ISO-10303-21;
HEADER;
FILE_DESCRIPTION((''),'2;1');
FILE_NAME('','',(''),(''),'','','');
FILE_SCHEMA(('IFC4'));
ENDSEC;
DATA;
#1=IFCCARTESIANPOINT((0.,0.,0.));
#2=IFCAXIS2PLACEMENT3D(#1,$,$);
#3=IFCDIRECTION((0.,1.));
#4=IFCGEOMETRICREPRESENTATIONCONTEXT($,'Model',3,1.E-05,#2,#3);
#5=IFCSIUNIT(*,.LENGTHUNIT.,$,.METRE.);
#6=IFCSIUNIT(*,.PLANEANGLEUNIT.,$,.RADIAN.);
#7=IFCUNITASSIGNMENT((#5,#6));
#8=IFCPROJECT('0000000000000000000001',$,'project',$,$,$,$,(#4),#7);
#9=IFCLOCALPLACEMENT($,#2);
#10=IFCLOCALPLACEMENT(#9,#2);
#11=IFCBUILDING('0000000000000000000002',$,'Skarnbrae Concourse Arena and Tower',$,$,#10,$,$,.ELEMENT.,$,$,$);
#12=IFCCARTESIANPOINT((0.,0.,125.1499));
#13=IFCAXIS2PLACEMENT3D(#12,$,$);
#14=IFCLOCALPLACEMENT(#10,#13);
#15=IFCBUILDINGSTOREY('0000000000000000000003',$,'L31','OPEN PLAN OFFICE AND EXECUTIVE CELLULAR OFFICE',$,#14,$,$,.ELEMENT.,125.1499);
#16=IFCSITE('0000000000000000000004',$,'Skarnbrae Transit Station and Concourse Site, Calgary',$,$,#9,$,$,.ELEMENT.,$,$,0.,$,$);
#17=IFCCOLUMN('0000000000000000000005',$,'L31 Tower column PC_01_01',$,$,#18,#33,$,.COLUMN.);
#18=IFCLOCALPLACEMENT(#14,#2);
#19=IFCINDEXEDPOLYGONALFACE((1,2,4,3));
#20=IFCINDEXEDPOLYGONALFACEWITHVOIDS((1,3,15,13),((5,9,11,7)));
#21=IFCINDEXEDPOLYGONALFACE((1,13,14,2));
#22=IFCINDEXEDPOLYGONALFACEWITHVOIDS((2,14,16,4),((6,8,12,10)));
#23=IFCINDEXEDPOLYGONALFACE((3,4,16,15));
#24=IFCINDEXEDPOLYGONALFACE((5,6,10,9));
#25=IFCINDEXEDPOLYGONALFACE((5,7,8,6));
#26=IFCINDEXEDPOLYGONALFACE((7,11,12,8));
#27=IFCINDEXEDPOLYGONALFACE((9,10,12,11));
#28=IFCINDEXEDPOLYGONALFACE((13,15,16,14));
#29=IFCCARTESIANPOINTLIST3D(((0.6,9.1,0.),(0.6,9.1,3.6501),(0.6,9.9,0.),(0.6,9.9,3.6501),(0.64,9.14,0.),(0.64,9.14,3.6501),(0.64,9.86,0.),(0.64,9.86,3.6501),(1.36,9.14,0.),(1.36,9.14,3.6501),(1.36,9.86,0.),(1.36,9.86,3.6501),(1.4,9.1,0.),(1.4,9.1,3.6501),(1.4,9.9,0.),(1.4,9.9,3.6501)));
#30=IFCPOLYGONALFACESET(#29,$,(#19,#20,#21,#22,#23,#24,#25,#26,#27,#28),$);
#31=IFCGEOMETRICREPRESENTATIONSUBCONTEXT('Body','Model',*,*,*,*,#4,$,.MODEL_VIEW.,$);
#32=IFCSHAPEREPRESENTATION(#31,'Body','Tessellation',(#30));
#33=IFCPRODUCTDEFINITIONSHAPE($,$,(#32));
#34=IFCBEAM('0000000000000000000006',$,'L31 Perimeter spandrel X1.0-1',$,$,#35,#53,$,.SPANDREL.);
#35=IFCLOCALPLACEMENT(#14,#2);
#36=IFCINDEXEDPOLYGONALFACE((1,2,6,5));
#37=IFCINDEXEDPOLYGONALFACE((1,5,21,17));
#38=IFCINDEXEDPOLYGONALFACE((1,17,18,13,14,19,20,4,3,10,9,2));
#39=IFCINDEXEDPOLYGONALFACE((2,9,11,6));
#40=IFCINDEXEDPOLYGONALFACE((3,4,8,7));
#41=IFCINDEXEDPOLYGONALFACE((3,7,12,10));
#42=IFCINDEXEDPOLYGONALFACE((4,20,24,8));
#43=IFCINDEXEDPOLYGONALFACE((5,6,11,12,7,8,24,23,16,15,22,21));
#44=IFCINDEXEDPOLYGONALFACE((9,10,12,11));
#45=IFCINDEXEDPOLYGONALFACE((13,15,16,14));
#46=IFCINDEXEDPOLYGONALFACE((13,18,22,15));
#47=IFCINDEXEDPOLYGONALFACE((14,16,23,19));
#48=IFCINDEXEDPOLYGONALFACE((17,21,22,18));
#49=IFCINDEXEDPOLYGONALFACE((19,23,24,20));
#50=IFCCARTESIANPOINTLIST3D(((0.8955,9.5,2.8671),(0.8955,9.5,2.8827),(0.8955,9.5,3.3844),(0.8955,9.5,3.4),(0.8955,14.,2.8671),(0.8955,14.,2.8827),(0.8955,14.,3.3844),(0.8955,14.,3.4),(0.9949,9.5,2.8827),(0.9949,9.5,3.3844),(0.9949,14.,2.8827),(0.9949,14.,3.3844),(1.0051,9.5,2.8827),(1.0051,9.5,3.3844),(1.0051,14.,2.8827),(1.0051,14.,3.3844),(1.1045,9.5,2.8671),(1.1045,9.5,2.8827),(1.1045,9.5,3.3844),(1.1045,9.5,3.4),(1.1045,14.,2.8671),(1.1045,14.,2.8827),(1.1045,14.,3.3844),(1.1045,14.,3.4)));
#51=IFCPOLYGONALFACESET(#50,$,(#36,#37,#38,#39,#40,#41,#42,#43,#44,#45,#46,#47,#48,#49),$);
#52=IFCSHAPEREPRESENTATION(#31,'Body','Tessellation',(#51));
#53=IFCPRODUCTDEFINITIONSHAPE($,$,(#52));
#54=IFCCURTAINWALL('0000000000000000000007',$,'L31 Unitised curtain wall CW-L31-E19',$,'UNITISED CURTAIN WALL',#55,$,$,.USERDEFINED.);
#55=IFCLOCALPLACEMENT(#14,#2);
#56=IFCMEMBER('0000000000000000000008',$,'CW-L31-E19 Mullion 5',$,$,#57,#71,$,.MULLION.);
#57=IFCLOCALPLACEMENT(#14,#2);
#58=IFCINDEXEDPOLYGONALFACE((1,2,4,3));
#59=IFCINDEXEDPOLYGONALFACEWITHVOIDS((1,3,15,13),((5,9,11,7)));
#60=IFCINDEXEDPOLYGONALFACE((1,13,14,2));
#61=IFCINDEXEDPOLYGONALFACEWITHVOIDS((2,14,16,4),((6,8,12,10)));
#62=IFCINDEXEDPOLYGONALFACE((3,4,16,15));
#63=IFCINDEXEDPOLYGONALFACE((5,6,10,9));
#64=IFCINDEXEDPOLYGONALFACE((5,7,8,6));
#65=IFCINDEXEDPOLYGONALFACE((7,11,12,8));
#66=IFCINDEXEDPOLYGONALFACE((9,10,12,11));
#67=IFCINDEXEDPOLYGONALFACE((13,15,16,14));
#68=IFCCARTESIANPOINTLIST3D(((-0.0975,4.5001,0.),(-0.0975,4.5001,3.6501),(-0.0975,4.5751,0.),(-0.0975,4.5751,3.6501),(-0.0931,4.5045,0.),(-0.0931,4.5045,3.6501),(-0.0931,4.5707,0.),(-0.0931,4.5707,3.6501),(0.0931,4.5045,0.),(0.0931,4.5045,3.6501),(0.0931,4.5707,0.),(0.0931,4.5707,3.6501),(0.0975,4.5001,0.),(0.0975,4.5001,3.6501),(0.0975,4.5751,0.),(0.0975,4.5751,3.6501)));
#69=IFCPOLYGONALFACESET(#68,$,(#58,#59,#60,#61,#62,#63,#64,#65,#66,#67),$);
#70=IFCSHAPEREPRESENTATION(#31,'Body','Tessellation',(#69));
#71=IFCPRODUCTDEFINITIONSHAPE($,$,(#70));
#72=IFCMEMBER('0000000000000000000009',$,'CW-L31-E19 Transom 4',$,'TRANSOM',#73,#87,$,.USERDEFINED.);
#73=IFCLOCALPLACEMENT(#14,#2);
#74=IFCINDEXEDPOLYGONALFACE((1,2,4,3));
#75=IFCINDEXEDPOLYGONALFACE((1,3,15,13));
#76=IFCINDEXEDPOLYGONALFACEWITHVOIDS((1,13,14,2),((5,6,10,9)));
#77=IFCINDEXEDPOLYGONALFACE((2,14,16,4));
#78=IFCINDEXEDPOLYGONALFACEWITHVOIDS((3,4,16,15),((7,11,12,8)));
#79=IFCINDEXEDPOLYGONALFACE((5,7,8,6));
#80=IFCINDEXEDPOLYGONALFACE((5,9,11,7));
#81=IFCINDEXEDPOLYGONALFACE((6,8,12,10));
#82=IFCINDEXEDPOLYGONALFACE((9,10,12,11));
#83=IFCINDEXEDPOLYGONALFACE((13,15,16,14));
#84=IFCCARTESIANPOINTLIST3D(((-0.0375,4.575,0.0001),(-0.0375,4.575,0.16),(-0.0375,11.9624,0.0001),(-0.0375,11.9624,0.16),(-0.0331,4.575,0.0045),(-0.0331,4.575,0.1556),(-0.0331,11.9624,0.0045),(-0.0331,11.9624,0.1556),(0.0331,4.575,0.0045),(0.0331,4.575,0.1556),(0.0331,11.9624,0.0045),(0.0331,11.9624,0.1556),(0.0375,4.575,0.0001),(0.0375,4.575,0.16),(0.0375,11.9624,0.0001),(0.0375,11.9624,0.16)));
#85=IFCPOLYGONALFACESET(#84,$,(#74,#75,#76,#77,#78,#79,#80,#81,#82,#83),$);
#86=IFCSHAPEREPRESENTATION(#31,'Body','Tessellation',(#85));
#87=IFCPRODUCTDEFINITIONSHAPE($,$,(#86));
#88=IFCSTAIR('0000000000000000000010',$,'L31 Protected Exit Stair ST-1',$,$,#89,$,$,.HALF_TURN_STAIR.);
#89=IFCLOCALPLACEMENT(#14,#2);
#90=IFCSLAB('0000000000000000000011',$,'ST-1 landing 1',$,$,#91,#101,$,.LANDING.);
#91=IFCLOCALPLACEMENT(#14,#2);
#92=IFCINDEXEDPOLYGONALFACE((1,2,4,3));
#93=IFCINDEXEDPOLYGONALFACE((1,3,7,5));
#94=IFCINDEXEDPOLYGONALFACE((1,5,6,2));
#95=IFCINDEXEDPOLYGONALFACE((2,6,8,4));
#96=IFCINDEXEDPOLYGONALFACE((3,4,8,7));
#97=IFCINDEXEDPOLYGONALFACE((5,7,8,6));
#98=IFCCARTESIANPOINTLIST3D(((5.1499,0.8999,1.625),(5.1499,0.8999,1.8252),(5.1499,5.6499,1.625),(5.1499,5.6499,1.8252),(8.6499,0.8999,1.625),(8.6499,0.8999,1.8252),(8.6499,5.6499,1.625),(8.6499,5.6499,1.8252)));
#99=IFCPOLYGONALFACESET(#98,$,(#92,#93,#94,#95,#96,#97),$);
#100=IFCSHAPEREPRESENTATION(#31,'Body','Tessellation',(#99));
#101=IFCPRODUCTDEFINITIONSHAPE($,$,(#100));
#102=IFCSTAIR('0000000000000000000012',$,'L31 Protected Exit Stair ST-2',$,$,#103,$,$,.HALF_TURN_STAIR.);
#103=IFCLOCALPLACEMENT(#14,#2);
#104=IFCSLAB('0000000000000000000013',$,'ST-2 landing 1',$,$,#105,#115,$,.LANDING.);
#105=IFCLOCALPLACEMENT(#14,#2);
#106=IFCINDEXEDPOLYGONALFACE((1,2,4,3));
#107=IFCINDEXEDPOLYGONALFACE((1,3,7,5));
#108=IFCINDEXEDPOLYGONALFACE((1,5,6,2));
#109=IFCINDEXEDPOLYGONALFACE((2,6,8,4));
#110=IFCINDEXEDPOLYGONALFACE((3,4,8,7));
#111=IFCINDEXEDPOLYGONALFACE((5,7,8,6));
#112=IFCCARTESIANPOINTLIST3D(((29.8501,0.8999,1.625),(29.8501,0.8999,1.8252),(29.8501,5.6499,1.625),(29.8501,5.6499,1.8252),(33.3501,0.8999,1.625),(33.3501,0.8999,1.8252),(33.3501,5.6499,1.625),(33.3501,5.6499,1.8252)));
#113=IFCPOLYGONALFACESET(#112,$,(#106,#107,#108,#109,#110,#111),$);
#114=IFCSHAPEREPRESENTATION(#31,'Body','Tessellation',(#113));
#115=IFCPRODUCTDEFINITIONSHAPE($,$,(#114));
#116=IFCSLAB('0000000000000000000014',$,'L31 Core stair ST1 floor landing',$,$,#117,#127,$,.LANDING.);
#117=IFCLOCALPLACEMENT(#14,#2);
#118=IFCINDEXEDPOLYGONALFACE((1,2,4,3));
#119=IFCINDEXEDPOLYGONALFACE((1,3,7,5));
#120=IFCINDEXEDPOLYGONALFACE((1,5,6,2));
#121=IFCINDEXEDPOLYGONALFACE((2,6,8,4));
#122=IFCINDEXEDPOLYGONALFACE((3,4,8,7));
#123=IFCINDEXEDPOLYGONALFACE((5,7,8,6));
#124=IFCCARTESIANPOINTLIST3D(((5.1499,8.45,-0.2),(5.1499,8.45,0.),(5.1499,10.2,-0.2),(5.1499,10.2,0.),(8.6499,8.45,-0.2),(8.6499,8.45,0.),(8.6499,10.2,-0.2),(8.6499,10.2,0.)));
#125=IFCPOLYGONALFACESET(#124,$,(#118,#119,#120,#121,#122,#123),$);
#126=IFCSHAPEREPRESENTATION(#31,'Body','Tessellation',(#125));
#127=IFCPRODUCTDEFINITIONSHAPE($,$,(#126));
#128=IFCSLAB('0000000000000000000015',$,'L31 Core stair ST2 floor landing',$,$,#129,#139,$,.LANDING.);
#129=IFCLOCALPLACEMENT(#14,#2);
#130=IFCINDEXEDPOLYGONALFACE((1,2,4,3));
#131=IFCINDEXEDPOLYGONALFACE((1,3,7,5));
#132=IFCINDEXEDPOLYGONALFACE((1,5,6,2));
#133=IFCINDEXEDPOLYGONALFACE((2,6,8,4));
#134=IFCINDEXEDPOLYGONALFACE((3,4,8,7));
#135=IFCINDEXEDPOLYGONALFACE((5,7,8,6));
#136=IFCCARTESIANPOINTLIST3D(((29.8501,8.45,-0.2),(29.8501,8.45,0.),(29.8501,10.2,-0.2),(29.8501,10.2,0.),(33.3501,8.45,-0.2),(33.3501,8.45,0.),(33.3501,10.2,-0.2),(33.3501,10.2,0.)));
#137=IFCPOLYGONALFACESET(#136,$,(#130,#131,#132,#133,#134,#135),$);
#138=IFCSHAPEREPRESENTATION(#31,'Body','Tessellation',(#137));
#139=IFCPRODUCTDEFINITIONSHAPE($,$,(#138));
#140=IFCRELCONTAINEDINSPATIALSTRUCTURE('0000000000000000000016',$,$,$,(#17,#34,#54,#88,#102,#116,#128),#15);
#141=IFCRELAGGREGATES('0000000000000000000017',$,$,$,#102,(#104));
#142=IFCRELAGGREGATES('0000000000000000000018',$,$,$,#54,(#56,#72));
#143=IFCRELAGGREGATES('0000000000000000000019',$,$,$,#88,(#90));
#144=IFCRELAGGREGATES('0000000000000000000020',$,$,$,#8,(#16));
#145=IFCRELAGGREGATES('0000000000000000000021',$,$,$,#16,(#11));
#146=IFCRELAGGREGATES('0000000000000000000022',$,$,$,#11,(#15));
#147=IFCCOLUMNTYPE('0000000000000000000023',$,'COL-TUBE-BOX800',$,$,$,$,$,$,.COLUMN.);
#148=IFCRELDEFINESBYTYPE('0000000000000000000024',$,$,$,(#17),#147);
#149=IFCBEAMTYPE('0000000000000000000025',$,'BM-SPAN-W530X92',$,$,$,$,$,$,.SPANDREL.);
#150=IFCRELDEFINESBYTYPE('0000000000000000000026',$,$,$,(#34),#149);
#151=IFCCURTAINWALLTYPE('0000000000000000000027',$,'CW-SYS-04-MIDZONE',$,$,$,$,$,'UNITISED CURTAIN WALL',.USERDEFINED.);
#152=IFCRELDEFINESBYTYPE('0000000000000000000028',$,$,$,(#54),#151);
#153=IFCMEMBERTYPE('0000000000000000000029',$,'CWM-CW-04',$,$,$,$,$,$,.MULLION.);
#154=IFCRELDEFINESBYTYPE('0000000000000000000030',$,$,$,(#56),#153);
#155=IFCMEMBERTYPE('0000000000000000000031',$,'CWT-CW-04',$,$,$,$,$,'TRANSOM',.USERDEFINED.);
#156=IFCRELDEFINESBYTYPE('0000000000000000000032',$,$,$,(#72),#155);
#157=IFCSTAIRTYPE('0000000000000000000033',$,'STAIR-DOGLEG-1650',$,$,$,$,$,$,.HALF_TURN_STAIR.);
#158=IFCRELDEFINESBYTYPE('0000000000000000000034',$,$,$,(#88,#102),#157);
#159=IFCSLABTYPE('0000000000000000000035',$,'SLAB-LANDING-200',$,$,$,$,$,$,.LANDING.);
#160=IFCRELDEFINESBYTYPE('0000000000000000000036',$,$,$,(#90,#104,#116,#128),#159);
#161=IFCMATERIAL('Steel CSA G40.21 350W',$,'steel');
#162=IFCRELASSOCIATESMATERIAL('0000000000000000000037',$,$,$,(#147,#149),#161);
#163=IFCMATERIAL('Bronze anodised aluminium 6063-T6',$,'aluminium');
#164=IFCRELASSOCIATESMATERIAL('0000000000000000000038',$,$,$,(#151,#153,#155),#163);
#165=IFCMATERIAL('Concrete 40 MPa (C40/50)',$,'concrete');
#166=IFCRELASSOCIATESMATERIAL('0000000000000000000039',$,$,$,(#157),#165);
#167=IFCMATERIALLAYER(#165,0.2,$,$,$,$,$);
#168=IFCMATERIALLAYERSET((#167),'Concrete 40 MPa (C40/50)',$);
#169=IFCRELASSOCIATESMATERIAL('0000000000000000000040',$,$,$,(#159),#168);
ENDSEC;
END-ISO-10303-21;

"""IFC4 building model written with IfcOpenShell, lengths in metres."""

from ifc_helpers import new_model, si_unit, direction, frame, origin, origin_2d, place, context, subcontext, project, spatial, polyline, hollow_rectangle, i_section, outline, extrude, source, transform, mapped, material, layer, layer_set, material_profile, profile_set, type_object, element, aggregate, save


model = new_model("IFC4")

# Units and contexts
model_context = context("Model", 3, precision=1e-05, world=origin(), true_north=direction((0.0, 1.0)))
body_context = subcontext(model_context, "Body", "Model", "MODEL_VIEW")
ifc_project = project(units=[si_unit("LENGTHUNIT", "METRE"), si_unit("PLANEANGLEUNIT", "RADIAN")], contexts=[model_context])

# Site, building, storey
site_placement = place(None, origin())
site = spatial("IfcSite", under=ifc_project, at=site_placement, Name="Skarnbrae Transit Station and Concourse Site, Calgary", CompositionType="ELEMENT", RefElevation=0.0)
building_placement = place(site_placement, origin())
building = spatial("IfcBuilding", under=site, at=building_placement, Name="Skarnbrae Concourse Arena and Tower", CompositionType="ELEMENT")
storey_placement = place(building_placement, frame((0.0, 0.0, 125.1499)))
storey = spatial("IfcBuildingStorey", under=building, at=storey_placement, Name="L31", Description="OPEN PLAN OFFICE AND EXECUTIVE CELLULAR OFFICE", CompositionType="ELEMENT", Elevation=125.1499)

# Column
ifc_material_1 = material(Name="Steel CSA G40.21 350W", Category="steel")
ifc_material_profile_1 = material_profile(ifc_material_1, hollow_rectangle(XDim=0.8, YDim=0.8, WallThickness=0.04, at=origin_2d()), Name="BOX800X800X40")
ifc_profile_set_1 = profile_set([ifc_material_profile_1], Name="Steel CSA G40.21 350W")
column_type = type_object("IfcColumnType", Name="COL-TUBE-BOX800", PredefinedType="COLUMN", material=ifc_profile_set_1)
shared_shape_1 = source(origin(), body_context, "Body", "SweptSolid", [
    extrude(hollow_rectangle(XDim=0.8, YDim=0.8, WallThickness=0.04, at=origin_2d()), origin(), (0.0, 0.0, 1.0), 3.6501),
])
column_placement = place(storey_placement, frame((1.0, 9.5, 0.0), z_axis=(0.0, 0.0, 1.0), x_axis=(1.0, 0.0, 0.0)))
element("IfcColumn", 1, at=column_placement, inside=storey, type_object=column_type, Name="L31 Tower column PC_01_01", PredefinedType="COLUMN", context=body_context, shape_type="MappedRepresentation", body=[
    mapped(shared_shape_1, transform((0.0, 0.0, 0.0))),
])

# Beam
ifc_material_profile_2 = material_profile(ifc_material_1, i_section(OverallWidth=0.209, OverallDepth=0.533, WebThickness=0.0103, FlangeThickness=0.0156, at=origin_2d()), Name="W530X92")
ifc_profile_set_2 = profile_set([ifc_material_profile_2], Name="Steel CSA G40.21 350W")
beam_type = type_object("IfcBeamType", Name="BM-SPAN-W530X92", PredefinedType="SPANDREL", material=ifc_profile_set_2)
shared_shape_2 = source(origin(), body_context, "Body", "SweptSolid", [
    extrude(i_section(OverallWidth=0.209, OverallDepth=0.533, WebThickness=0.0103, FlangeThickness=0.0156, at=origin_2d()), origin(), (0.0, 0.0, 1.0), 4.5),
])
beam_placement = place(storey_placement, frame((1.0, 9.5, 3.1335), z_axis=(0.0, 1.0, 0.0), x_axis=(-1.0, 0.0, 0.0)))
element("IfcBeam", 2, at=beam_placement, inside=storey, type_object=beam_type, Name="L31 Perimeter spandrel X1.0-1", PredefinedType="SPANDREL", context=body_context, shape_type="MappedRepresentation", body=[
    mapped(shared_shape_2, transform((0.0, 0.0, 0.0))),
])

# Curtain wall, members
ifc_material_2 = material(Name="Bronze anodised aluminium 6063-T6", Category="aluminium")
curtain_wall_type = type_object("IfcCurtainWallType", Name="CW-SYS-04-MIDZONE", ElementType="UNITISED CURTAIN WALL", PredefinedType="USERDEFINED", material=ifc_material_2)
curtain_wall_placement = place(storey_placement, origin())
curtain_wall = element("IfcCurtainWall", 3, at=curtain_wall_placement, inside=storey, type_object=curtain_wall_type, Name="L31 Unitised curtain wall CW-L31-E19", ObjectType="UNITISED CURTAIN WALL", PredefinedType="USERDEFINED")
ifc_material_profile_3 = material_profile(ifc_material_2, hollow_rectangle(XDim=0.075, YDim=0.1951, WallThickness=0.0044, at=origin_2d()), Name="ALU-MULL-75X195")
ifc_profile_set_3 = profile_set([ifc_material_profile_3], Name="Bronze anodised aluminium 6063-T6")
member_type_1 = type_object("IfcMemberType", Name="CWM-CW-04", PredefinedType="MULLION", material=ifc_profile_set_3)
shared_shape_3 = source(origin(), body_context, "Body", "SweptSolid", [
    extrude(hollow_rectangle(XDim=0.075, YDim=0.1951, WallThickness=0.0044, at=origin_2d()), origin(), (0.0, 0.0, 1.0), 3.6501),
])
member_1_placement = place(storey_placement, frame((0.0, 4.5376, 0.0), z_axis=(0.0, 0.0, 1.0), x_axis=(0.0, -1.0, 0.0)))
member_1 = element("IfcMember", 4, at=member_1_placement, type_object=member_type_1, Name="CW-L31-E19 Mullion 5", PredefinedType="MULLION", context=body_context, shape_type="MappedRepresentation", body=[
    mapped(shared_shape_3, transform((0.0, 0.0, 0.0))),
])
ifc_material_profile_4 = material_profile(ifc_material_2, hollow_rectangle(XDim=0.075, YDim=0.1599, WallThickness=0.0044, at=origin_2d()), Name="ALU-TRAN-75X160")
ifc_profile_set_4 = profile_set([ifc_material_profile_4], Name="Bronze anodised aluminium 6063-T6")
member_type_2 = type_object("IfcMemberType", Name="CWT-CW-04", ElementType="TRANSOM", PredefinedType="USERDEFINED", material=ifc_profile_set_4)
shared_shape_4 = source(origin(), body_context, "Body", "SweptSolid", [
    extrude(hollow_rectangle(XDim=0.075, YDim=0.1599, WallThickness=0.0044, at=origin_2d()), origin(), (0.0, 0.0, 1.0), 7.3875),
])
member_2_placement = place(storey_placement, frame((0.0, 11.9624, 0.0801), z_axis=(0.0, -1.0, 0.0), x_axis=(1.0, 0.0, 0.0)))
member_2 = element("IfcMember", 5, at=member_2_placement, type_object=member_type_2, Name="CW-L31-E19 Transom 4", ObjectType="TRANSOM", PredefinedType="USERDEFINED", context=body_context, shape_type="MappedRepresentation", body=[
    mapped(shared_shape_4, transform((0.0, 0.0, 0.0))),
])

# Stairs, slabs
ifc_material_3 = material(Name="Concrete 40 MPa (C40/50)", Category="concrete")
stair_type = type_object("IfcStairType", Name="STAIR-DOGLEG-1650", PredefinedType="HALF_TURN_STAIR", material=ifc_material_3)
stair_1_placement = place(storey_placement, origin())
stair_1 = element("IfcStair", 6, at=stair_1_placement, inside=storey, type_object=stair_type, Name="L31 Protected Exit Stair ST-1", PredefinedType="HALF_TURN_STAIR")
ifc_layer_1 = layer(ifc_material_3, 0.2)
ifc_layer_set_1 = layer_set([ifc_layer_1], Name="Concrete 40 MPa (C40/50)")
slab_type_1 = type_object("IfcSlabType", Name="SLAB-LANDING-200", PredefinedType="LANDING", material=ifc_layer_set_1)
slab_1_placement = place(storey_placement, frame((0.0, 0.0, 1.625)))
slab_1 = element("IfcSlab", 7, at=slab_1_placement, type_object=slab_type_1, Name="ST-1 landing 1", PredefinedType="LANDING", context=body_context, shape_type="SweptSolid", body=[
    extrude(outline(polyline([(5.1499, 5.6499), (5.1499, 0.8999), (8.6499, 0.8999), (8.6499, 5.6499), (5.1499, 5.6499)])), origin(), (0.0, 0.0, 1.0), 0.2002),
])
stair_2_placement = place(storey_placement, origin())
stair_2 = element("IfcStair", 8, at=stair_2_placement, inside=storey, type_object=stair_type, Name="L31 Protected Exit Stair ST-2", PredefinedType="HALF_TURN_STAIR")
slab_2_placement = place(storey_placement, frame((0.0, 0.0, 1.625)))
slab_2 = element("IfcSlab", 9, at=slab_2_placement, type_object=slab_type_1, Name="ST-2 landing 1", PredefinedType="LANDING", context=body_context, shape_type="SweptSolid", body=[
    extrude(outline(polyline([(29.8501, 5.6499), (29.8501, 0.8999), (33.3501, 0.8999), (33.3501, 5.6499), (29.8501, 5.6499)])), origin(), (0.0, 0.0, 1.0), 0.2002),
])
aggregate(stair_2, [slab_2])

# Slabs
slab_3_placement = place(storey_placement, frame((0.0, 0.0, -0.2)))
element("IfcSlab", 10, at=slab_3_placement, inside=storey, type_object=slab_type_1, Name="L31 Core stair ST1 floor landing", PredefinedType="LANDING", context=body_context, shape_type="SweptSolid", body=[
    extrude(outline(polyline([(5.1499, 10.2), (5.1499, 8.45), (8.6499, 8.45), (8.6499, 10.2), (5.1499, 10.2)])), origin(), (0.0, 0.0, 1.0), 0.2),
])
slab_4_placement = place(storey_placement, frame((0.0, 0.0, -0.2)))
element("IfcSlab", 11, at=slab_4_placement, inside=storey, type_object=slab_type_1, Name="L31 Core stair ST2 floor landing", PredefinedType="LANDING", context=body_context, shape_type="SweptSolid", body=[
    extrude(outline(polyline([(29.8501, 10.2), (29.8501, 8.45), (33.3501, 8.45), (33.3501, 10.2), (29.8501, 10.2)])), origin(), (0.0, 0.0, 1.0), 0.2),
])

aggregate(curtain_wall, [member_1, member_2])

aggregate(stair_1, [slab_1])

save(model, "model.ifc")
